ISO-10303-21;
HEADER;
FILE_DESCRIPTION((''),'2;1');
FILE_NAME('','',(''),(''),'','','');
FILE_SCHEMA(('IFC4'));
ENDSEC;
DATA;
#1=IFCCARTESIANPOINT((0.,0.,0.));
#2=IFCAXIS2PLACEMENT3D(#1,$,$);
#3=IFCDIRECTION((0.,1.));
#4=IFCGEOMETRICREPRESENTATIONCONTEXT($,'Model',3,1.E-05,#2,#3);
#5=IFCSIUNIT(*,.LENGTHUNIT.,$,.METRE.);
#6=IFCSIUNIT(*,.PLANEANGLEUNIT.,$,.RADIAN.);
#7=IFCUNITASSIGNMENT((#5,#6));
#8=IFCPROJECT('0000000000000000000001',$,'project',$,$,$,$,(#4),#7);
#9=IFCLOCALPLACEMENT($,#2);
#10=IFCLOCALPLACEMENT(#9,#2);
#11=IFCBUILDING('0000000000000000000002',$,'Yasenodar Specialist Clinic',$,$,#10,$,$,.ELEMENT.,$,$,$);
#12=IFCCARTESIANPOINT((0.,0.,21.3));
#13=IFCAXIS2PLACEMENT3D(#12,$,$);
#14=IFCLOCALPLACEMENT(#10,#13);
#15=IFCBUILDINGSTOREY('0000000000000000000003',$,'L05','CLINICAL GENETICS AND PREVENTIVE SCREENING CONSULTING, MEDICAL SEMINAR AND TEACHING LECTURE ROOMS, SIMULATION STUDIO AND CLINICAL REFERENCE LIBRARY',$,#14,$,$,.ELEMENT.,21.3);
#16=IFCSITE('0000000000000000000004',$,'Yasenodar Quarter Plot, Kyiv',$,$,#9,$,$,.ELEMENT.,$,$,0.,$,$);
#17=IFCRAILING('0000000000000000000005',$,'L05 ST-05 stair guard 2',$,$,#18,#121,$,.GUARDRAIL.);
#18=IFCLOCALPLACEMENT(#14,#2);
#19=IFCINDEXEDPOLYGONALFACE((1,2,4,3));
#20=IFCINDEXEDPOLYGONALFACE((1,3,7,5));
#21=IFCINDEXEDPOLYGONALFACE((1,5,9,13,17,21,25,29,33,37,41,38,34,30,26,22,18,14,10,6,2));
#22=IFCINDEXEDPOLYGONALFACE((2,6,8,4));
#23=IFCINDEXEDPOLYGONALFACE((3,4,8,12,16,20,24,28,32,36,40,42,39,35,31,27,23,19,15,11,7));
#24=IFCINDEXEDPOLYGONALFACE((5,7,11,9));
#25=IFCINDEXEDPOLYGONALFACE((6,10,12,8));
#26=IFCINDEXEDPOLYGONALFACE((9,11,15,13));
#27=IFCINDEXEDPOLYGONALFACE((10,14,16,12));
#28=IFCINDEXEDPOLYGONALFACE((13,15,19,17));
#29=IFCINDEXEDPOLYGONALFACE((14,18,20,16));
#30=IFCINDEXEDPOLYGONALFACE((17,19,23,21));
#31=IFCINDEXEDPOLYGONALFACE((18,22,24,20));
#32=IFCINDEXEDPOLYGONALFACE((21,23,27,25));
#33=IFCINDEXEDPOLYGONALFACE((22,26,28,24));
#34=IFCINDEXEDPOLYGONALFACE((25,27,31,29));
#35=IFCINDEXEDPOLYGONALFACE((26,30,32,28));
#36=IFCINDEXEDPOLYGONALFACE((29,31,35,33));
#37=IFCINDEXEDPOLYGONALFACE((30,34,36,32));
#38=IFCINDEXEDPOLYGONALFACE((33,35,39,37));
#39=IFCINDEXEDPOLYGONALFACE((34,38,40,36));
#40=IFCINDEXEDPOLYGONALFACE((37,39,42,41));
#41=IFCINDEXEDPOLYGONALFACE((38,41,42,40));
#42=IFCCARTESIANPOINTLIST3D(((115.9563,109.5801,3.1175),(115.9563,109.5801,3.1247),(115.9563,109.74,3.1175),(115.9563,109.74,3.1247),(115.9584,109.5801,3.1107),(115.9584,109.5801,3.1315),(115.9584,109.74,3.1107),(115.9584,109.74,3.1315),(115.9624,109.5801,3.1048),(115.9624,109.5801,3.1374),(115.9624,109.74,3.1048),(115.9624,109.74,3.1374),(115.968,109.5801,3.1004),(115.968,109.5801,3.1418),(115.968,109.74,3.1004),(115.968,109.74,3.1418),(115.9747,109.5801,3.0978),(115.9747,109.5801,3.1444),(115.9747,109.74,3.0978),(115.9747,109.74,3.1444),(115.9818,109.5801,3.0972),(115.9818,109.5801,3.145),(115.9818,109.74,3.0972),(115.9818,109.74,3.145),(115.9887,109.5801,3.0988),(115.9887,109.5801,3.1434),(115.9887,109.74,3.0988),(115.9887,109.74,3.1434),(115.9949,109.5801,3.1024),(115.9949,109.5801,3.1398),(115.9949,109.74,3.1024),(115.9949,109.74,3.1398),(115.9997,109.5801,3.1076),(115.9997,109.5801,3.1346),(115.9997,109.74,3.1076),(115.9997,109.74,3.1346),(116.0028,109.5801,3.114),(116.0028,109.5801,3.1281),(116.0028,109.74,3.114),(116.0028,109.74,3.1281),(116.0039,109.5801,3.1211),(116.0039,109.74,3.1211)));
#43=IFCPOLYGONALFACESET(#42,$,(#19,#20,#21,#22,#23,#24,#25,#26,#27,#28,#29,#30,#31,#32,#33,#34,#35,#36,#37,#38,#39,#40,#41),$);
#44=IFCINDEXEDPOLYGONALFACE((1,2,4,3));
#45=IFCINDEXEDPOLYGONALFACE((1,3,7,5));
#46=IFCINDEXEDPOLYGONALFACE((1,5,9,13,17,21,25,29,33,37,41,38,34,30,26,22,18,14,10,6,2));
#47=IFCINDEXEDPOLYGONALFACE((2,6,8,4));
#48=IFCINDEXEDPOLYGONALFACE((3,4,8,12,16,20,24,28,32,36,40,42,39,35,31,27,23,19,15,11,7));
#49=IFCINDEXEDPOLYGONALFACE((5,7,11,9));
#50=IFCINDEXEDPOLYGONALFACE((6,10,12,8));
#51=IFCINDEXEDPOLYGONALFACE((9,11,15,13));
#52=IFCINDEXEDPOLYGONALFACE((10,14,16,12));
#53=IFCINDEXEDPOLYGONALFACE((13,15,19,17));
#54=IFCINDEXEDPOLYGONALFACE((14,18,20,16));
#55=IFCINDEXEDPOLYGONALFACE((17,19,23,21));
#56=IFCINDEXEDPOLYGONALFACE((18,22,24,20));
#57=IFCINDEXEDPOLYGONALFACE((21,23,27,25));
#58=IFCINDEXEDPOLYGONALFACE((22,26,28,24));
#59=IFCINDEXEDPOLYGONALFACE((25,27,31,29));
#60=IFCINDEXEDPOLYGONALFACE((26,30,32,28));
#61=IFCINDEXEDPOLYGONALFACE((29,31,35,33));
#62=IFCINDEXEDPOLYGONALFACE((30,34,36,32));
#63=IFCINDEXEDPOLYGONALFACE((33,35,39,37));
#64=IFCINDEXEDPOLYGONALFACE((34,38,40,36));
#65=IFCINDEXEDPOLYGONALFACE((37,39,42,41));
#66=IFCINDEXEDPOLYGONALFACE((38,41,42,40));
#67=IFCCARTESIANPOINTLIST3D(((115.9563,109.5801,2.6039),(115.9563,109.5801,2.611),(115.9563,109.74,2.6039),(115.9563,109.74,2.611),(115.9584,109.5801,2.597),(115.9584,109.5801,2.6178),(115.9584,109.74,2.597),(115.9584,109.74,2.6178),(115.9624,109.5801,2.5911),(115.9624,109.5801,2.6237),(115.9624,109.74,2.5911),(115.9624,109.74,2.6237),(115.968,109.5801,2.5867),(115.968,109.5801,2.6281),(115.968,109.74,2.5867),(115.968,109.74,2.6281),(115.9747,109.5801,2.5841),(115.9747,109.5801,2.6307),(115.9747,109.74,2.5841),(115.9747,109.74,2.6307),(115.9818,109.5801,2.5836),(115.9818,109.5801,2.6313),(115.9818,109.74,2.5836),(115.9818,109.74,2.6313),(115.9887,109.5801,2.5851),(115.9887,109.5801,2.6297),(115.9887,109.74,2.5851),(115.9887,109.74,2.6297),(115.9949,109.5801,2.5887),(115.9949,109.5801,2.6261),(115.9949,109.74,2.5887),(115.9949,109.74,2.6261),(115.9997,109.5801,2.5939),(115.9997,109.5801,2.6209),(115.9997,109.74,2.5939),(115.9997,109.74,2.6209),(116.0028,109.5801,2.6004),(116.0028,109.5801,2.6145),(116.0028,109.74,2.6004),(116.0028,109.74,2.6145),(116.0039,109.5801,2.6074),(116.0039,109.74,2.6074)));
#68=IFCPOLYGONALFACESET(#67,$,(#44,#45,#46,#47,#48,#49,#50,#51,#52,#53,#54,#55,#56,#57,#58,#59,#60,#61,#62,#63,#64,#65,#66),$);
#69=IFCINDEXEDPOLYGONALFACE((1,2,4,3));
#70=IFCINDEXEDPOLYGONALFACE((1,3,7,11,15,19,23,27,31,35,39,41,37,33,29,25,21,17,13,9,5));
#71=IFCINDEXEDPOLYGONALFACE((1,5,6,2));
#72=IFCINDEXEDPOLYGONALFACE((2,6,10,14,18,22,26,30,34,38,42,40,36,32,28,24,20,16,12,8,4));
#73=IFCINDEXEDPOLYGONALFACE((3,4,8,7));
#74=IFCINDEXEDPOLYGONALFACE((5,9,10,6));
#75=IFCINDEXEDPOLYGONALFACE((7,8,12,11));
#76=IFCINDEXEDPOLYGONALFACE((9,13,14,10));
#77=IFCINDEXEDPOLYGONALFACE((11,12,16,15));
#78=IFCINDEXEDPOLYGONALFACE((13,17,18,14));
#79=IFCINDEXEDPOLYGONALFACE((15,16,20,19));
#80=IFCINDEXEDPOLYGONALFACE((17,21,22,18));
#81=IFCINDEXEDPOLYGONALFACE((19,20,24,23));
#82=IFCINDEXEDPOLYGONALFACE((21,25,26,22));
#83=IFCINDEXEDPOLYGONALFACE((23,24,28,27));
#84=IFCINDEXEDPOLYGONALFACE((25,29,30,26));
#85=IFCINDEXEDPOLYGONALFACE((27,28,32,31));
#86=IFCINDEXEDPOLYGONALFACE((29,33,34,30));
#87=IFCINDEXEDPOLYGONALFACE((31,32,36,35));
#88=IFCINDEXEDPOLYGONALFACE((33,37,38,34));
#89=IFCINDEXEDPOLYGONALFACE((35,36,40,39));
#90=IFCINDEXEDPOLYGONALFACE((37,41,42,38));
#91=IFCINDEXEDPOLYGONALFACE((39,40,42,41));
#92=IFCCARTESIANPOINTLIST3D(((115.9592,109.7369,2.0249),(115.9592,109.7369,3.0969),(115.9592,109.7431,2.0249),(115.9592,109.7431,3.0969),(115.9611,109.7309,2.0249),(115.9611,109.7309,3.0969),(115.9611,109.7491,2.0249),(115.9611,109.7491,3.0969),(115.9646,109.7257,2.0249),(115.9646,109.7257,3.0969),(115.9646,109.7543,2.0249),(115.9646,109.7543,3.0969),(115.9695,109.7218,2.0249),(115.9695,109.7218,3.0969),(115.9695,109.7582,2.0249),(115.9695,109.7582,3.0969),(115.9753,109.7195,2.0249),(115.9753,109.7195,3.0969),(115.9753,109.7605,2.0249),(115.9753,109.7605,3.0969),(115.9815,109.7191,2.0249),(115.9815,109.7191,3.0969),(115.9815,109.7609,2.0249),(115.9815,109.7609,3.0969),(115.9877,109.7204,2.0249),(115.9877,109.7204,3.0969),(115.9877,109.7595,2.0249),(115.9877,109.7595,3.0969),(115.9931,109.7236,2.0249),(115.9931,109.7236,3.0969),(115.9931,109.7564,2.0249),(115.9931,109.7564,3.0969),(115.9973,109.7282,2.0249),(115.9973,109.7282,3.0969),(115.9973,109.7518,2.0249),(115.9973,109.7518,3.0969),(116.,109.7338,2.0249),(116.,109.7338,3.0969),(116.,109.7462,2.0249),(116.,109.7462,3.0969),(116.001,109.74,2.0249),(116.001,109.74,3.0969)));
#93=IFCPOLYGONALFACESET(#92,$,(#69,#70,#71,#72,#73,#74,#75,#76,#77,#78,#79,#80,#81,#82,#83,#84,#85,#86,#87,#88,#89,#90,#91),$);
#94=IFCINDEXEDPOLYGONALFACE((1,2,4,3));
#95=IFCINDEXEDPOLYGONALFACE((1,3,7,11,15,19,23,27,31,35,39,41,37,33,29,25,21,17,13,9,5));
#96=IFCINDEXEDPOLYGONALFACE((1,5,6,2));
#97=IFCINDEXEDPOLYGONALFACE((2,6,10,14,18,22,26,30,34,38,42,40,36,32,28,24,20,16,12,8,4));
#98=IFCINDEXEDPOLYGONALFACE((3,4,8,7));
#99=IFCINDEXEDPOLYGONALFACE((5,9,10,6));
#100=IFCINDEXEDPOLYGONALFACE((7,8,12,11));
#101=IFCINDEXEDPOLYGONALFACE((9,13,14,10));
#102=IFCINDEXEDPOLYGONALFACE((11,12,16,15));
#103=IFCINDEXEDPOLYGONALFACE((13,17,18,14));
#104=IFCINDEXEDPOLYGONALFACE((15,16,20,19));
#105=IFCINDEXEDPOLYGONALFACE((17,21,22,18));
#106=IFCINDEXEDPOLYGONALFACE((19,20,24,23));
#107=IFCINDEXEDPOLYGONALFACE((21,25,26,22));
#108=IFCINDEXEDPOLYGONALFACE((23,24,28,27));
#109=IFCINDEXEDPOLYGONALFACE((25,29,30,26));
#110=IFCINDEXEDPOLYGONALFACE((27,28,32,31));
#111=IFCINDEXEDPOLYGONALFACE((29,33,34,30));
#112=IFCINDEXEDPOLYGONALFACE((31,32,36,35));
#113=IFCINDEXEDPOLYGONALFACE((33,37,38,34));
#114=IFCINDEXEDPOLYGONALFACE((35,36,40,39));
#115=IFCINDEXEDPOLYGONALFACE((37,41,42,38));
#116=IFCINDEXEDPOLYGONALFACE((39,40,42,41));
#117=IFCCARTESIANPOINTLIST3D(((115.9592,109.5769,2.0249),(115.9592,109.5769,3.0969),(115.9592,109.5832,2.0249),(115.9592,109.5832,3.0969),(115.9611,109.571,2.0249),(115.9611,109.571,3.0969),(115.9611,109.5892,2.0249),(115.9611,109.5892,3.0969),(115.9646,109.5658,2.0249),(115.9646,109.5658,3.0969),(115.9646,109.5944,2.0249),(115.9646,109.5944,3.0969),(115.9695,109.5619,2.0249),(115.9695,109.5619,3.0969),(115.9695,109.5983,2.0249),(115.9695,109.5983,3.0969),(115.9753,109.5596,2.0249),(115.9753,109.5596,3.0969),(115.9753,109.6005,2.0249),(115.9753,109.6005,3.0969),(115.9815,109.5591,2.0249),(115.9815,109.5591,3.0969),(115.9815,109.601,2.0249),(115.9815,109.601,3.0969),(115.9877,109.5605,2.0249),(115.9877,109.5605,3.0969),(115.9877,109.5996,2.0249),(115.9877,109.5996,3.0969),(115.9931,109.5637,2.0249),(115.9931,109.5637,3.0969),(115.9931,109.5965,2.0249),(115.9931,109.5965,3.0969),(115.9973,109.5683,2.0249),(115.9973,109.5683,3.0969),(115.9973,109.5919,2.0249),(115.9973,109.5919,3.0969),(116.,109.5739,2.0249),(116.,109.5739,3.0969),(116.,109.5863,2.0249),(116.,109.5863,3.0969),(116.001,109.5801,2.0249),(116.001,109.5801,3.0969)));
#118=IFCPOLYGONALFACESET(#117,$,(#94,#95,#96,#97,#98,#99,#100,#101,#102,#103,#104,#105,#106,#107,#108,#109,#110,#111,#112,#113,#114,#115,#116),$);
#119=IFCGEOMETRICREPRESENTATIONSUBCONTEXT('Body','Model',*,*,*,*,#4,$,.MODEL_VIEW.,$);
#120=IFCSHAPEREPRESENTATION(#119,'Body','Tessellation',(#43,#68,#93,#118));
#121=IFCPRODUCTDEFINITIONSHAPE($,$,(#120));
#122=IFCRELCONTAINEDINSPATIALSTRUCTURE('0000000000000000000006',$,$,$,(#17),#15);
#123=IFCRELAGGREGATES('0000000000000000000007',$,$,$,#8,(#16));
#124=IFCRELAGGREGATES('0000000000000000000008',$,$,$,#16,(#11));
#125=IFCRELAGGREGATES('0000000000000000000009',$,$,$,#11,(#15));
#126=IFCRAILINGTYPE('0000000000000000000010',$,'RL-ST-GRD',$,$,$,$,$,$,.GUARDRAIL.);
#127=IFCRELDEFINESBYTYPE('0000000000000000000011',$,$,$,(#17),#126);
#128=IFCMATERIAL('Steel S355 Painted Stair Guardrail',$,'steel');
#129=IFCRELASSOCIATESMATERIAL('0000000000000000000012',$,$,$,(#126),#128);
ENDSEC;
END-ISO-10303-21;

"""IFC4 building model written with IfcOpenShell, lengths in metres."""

from ifc_helpers import new_model, si_unit, direction, frame, origin, origin_2d, place, context, subcontext, project, spatial, circle, extrude, material, type_object, element, save


model = new_model("IFC4")

# Units and contexts
model_context = context("Model", 3, precision=1e-05, world=origin(), true_north=direction((0.0, 1.0)))
body_context = subcontext(model_context, "Body", "Model", "MODEL_VIEW")
ifc_project = project(units=[si_unit("LENGTHUNIT", "METRE"), si_unit("PLANEANGLEUNIT", "RADIAN")], contexts=[model_context])

# Site, building, storey
site_placement = place(None, origin())
site = spatial("IfcSite", under=ifc_project, at=site_placement, Name="Yasenodar Quarter Plot, Kyiv", CompositionType="ELEMENT", RefElevation=0.0)
building_placement = place(site_placement, origin())
building = spatial("IfcBuilding", under=site, at=building_placement, Name="Yasenodar Specialist Clinic", CompositionType="ELEMENT")
storey_placement = place(building_placement, frame((0.0, 0.0, 21.3)))
storey = spatial("IfcBuildingStorey", under=building, at=storey_placement, Name="L05", Description="CLINICAL GENETICS AND PREVENTIVE SCREENING CONSULTING, MEDICAL SEMINAR AND TEACHING LECTURE ROOMS, SIMULATION STUDIO AND CLINICAL REFERENCE LIBRARY", CompositionType="ELEMENT", Elevation=21.3)

# Railing
ifc_material_1 = material(Name="Steel S355 Painted Stair Guardrail", Category="steel")
railing_type_1 = type_object("IfcRailingType", Name="RL-ST-GRD", PredefinedType="GUARDRAIL", material=ifc_material_1)
railing_1_placement = place(storey_placement, frame((115.98, 109.74, 2.0249)))
element("IfcRailing", 1, at=railing_1_placement, inside=storey, type_object=railing_type_1, Name="L05 ST-05 stair guard 2", PredefinedType="GUARDRAIL", context=body_context, shape_type="SweptSolid", body=[
    extrude(circle(Radius=0.0239, at=origin_2d()), frame((0.0, 0.0, 1.0962), z_axis=(0.0, -1.0, 0.0), x_axis=(1.0, 0.0, 0.0)), (0.0, 0.0, 1.0), 0.1599),
    extrude(circle(Radius=0.0239, at=origin_2d()), frame((0.0, 0.0, 0.5825), z_axis=(0.0, -1.0, 0.0), x_axis=(1.0, 0.0, 0.0)), (0.0, 0.0, 1.0), 0.1599),
    extrude(circle(Radius=0.021, at=origin_2d()), origin(), (0.0, 0.0, 1.0), 1.072),
    extrude(circle(Radius=0.021, at=origin_2d()), frame((0.0, -0.1599, 0.0)), (0.0, 0.0, 1.0), 1.072),
])

save(model, "model.ifc")
